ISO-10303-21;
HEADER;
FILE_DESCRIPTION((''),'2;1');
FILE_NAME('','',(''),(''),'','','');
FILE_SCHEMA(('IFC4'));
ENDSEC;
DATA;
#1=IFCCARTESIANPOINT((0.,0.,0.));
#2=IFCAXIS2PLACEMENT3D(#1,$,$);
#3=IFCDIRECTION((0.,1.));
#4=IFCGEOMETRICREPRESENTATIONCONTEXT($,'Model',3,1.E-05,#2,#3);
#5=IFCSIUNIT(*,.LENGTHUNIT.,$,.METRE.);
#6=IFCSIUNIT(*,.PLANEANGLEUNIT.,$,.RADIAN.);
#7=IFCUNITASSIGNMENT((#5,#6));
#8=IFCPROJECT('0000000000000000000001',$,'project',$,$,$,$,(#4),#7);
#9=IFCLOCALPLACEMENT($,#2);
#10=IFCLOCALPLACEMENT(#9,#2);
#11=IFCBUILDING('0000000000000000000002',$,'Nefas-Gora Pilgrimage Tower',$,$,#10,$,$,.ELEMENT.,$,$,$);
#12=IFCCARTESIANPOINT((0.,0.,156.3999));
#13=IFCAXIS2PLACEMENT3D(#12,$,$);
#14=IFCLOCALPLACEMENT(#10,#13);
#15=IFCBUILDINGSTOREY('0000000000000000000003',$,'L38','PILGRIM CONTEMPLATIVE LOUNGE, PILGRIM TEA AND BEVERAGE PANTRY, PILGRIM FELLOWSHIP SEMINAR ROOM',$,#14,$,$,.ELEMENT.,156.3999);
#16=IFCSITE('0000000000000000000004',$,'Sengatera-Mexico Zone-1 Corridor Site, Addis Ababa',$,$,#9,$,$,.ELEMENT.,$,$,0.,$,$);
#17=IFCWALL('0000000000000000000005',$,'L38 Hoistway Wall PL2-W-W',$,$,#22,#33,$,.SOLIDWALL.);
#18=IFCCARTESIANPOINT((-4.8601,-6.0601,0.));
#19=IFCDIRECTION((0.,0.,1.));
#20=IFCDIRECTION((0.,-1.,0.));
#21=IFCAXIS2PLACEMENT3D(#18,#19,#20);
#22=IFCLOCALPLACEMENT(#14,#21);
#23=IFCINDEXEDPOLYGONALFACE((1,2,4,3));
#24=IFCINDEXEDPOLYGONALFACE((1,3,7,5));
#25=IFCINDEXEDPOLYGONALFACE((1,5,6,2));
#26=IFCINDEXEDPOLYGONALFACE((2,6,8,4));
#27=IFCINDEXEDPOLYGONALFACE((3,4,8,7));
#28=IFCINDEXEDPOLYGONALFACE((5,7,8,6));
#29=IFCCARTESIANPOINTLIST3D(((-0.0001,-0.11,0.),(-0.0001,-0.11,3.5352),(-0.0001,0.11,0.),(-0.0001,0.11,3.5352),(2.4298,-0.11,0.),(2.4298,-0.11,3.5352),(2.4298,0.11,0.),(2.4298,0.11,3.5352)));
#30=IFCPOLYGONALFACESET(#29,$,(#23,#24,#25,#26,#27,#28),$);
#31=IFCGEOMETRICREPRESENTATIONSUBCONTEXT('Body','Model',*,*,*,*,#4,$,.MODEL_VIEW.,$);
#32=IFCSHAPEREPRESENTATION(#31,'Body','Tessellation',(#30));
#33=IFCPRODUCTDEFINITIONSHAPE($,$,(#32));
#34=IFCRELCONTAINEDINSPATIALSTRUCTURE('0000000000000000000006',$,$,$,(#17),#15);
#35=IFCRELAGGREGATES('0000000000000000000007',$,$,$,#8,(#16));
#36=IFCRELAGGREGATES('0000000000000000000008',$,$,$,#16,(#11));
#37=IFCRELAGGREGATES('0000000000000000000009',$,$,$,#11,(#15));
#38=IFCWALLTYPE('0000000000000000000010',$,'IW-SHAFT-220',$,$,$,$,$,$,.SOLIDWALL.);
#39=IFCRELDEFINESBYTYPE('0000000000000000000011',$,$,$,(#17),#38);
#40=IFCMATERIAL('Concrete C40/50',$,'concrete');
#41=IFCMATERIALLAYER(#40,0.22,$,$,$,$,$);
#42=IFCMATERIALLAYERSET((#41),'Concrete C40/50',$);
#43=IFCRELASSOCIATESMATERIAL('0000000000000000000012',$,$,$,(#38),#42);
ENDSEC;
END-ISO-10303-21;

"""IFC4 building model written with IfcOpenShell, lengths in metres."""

from ifc_helpers import new_model, si_unit, direction, frame, frame_2d, origin, place, context, subcontext, project, spatial, rectangle, extrude, source, transform, mapped, material, layer, layer_set, type_object, element, save


model = new_model("IFC4")

# Units and contexts
model_context = context("Model", 3, precision=1e-05, world=origin(), true_north=direction((0.0, 1.0)))
body_context = subcontext(model_context, "Body", "Model", "MODEL_VIEW")
ifc_project = project(units=[si_unit("LENGTHUNIT", "METRE"), si_unit("PLANEANGLEUNIT", "RADIAN")], contexts=[model_context])

# Site, building, storey
site_placement = place(None, origin())
site = spatial("IfcSite", under=ifc_project, at=site_placement, Name="Sengatera-Mexico Zone-1 Corridor Site, Addis Ababa", CompositionType="ELEMENT", RefElevation=0.0)
building_placement = place(site_placement, origin())
building = spatial("IfcBuilding", under=site, at=building_placement, Name="Nefas-Gora Pilgrimage Tower", CompositionType="ELEMENT")
storey_placement = place(building_placement, frame((0.0, 0.0, 156.3999)))
storey = spatial("IfcBuildingStorey", under=building, at=storey_placement, Name="L38", Description="PILGRIM CONTEMPLATIVE LOUNGE, PILGRIM TEA AND BEVERAGE PANTRY, PILGRIM FELLOWSHIP SEMINAR ROOM", CompositionType="ELEMENT", Elevation=156.3999)

# Wall
ifc_material_1 = material(Name="Concrete C40/50", Category="concrete")
ifc_layer_1 = layer(ifc_material_1, 0.22)
ifc_layer_set_1 = layer_set([ifc_layer_1], Name="Concrete C40/50")
wall_type_1 = type_object("IfcWallType", Name="IW-SHAFT-220", PredefinedType="SOLIDWALL", material=ifc_layer_set_1)
shared_shape_1 = source(origin(), body_context, "Body", "SweptSolid", [
    extrude(rectangle(XDim=2.4299, YDim=0.22, at=frame_2d((1.2148, 0.0))), origin(), (0.0, 0.0, 1.0), 3.5352),
])
wall_1_placement = place(storey_placement, frame((-4.8601, -6.0601, 0.0), z_axis=(0.0, 0.0, 1.0), x_axis=(0.0, -1.0, 0.0)))
element("IfcWall", 1, at=wall_1_placement, inside=storey, type_object=wall_type_1, Name="L38 Hoistway Wall PL2-W-W", PredefinedType="SOLIDWALL", context=body_context, shape_type="MappedRepresentation", body=[
    mapped(shared_shape_1, transform((0.0, 0.0, 0.0), x_axis=(1.0, 0.0, 0.0), y_axis=(0.0, 1.0, 0.0), z_axis=(0.0, 0.0, 1.0), scale=1.0)),
])

save(model, "model.ifc")
